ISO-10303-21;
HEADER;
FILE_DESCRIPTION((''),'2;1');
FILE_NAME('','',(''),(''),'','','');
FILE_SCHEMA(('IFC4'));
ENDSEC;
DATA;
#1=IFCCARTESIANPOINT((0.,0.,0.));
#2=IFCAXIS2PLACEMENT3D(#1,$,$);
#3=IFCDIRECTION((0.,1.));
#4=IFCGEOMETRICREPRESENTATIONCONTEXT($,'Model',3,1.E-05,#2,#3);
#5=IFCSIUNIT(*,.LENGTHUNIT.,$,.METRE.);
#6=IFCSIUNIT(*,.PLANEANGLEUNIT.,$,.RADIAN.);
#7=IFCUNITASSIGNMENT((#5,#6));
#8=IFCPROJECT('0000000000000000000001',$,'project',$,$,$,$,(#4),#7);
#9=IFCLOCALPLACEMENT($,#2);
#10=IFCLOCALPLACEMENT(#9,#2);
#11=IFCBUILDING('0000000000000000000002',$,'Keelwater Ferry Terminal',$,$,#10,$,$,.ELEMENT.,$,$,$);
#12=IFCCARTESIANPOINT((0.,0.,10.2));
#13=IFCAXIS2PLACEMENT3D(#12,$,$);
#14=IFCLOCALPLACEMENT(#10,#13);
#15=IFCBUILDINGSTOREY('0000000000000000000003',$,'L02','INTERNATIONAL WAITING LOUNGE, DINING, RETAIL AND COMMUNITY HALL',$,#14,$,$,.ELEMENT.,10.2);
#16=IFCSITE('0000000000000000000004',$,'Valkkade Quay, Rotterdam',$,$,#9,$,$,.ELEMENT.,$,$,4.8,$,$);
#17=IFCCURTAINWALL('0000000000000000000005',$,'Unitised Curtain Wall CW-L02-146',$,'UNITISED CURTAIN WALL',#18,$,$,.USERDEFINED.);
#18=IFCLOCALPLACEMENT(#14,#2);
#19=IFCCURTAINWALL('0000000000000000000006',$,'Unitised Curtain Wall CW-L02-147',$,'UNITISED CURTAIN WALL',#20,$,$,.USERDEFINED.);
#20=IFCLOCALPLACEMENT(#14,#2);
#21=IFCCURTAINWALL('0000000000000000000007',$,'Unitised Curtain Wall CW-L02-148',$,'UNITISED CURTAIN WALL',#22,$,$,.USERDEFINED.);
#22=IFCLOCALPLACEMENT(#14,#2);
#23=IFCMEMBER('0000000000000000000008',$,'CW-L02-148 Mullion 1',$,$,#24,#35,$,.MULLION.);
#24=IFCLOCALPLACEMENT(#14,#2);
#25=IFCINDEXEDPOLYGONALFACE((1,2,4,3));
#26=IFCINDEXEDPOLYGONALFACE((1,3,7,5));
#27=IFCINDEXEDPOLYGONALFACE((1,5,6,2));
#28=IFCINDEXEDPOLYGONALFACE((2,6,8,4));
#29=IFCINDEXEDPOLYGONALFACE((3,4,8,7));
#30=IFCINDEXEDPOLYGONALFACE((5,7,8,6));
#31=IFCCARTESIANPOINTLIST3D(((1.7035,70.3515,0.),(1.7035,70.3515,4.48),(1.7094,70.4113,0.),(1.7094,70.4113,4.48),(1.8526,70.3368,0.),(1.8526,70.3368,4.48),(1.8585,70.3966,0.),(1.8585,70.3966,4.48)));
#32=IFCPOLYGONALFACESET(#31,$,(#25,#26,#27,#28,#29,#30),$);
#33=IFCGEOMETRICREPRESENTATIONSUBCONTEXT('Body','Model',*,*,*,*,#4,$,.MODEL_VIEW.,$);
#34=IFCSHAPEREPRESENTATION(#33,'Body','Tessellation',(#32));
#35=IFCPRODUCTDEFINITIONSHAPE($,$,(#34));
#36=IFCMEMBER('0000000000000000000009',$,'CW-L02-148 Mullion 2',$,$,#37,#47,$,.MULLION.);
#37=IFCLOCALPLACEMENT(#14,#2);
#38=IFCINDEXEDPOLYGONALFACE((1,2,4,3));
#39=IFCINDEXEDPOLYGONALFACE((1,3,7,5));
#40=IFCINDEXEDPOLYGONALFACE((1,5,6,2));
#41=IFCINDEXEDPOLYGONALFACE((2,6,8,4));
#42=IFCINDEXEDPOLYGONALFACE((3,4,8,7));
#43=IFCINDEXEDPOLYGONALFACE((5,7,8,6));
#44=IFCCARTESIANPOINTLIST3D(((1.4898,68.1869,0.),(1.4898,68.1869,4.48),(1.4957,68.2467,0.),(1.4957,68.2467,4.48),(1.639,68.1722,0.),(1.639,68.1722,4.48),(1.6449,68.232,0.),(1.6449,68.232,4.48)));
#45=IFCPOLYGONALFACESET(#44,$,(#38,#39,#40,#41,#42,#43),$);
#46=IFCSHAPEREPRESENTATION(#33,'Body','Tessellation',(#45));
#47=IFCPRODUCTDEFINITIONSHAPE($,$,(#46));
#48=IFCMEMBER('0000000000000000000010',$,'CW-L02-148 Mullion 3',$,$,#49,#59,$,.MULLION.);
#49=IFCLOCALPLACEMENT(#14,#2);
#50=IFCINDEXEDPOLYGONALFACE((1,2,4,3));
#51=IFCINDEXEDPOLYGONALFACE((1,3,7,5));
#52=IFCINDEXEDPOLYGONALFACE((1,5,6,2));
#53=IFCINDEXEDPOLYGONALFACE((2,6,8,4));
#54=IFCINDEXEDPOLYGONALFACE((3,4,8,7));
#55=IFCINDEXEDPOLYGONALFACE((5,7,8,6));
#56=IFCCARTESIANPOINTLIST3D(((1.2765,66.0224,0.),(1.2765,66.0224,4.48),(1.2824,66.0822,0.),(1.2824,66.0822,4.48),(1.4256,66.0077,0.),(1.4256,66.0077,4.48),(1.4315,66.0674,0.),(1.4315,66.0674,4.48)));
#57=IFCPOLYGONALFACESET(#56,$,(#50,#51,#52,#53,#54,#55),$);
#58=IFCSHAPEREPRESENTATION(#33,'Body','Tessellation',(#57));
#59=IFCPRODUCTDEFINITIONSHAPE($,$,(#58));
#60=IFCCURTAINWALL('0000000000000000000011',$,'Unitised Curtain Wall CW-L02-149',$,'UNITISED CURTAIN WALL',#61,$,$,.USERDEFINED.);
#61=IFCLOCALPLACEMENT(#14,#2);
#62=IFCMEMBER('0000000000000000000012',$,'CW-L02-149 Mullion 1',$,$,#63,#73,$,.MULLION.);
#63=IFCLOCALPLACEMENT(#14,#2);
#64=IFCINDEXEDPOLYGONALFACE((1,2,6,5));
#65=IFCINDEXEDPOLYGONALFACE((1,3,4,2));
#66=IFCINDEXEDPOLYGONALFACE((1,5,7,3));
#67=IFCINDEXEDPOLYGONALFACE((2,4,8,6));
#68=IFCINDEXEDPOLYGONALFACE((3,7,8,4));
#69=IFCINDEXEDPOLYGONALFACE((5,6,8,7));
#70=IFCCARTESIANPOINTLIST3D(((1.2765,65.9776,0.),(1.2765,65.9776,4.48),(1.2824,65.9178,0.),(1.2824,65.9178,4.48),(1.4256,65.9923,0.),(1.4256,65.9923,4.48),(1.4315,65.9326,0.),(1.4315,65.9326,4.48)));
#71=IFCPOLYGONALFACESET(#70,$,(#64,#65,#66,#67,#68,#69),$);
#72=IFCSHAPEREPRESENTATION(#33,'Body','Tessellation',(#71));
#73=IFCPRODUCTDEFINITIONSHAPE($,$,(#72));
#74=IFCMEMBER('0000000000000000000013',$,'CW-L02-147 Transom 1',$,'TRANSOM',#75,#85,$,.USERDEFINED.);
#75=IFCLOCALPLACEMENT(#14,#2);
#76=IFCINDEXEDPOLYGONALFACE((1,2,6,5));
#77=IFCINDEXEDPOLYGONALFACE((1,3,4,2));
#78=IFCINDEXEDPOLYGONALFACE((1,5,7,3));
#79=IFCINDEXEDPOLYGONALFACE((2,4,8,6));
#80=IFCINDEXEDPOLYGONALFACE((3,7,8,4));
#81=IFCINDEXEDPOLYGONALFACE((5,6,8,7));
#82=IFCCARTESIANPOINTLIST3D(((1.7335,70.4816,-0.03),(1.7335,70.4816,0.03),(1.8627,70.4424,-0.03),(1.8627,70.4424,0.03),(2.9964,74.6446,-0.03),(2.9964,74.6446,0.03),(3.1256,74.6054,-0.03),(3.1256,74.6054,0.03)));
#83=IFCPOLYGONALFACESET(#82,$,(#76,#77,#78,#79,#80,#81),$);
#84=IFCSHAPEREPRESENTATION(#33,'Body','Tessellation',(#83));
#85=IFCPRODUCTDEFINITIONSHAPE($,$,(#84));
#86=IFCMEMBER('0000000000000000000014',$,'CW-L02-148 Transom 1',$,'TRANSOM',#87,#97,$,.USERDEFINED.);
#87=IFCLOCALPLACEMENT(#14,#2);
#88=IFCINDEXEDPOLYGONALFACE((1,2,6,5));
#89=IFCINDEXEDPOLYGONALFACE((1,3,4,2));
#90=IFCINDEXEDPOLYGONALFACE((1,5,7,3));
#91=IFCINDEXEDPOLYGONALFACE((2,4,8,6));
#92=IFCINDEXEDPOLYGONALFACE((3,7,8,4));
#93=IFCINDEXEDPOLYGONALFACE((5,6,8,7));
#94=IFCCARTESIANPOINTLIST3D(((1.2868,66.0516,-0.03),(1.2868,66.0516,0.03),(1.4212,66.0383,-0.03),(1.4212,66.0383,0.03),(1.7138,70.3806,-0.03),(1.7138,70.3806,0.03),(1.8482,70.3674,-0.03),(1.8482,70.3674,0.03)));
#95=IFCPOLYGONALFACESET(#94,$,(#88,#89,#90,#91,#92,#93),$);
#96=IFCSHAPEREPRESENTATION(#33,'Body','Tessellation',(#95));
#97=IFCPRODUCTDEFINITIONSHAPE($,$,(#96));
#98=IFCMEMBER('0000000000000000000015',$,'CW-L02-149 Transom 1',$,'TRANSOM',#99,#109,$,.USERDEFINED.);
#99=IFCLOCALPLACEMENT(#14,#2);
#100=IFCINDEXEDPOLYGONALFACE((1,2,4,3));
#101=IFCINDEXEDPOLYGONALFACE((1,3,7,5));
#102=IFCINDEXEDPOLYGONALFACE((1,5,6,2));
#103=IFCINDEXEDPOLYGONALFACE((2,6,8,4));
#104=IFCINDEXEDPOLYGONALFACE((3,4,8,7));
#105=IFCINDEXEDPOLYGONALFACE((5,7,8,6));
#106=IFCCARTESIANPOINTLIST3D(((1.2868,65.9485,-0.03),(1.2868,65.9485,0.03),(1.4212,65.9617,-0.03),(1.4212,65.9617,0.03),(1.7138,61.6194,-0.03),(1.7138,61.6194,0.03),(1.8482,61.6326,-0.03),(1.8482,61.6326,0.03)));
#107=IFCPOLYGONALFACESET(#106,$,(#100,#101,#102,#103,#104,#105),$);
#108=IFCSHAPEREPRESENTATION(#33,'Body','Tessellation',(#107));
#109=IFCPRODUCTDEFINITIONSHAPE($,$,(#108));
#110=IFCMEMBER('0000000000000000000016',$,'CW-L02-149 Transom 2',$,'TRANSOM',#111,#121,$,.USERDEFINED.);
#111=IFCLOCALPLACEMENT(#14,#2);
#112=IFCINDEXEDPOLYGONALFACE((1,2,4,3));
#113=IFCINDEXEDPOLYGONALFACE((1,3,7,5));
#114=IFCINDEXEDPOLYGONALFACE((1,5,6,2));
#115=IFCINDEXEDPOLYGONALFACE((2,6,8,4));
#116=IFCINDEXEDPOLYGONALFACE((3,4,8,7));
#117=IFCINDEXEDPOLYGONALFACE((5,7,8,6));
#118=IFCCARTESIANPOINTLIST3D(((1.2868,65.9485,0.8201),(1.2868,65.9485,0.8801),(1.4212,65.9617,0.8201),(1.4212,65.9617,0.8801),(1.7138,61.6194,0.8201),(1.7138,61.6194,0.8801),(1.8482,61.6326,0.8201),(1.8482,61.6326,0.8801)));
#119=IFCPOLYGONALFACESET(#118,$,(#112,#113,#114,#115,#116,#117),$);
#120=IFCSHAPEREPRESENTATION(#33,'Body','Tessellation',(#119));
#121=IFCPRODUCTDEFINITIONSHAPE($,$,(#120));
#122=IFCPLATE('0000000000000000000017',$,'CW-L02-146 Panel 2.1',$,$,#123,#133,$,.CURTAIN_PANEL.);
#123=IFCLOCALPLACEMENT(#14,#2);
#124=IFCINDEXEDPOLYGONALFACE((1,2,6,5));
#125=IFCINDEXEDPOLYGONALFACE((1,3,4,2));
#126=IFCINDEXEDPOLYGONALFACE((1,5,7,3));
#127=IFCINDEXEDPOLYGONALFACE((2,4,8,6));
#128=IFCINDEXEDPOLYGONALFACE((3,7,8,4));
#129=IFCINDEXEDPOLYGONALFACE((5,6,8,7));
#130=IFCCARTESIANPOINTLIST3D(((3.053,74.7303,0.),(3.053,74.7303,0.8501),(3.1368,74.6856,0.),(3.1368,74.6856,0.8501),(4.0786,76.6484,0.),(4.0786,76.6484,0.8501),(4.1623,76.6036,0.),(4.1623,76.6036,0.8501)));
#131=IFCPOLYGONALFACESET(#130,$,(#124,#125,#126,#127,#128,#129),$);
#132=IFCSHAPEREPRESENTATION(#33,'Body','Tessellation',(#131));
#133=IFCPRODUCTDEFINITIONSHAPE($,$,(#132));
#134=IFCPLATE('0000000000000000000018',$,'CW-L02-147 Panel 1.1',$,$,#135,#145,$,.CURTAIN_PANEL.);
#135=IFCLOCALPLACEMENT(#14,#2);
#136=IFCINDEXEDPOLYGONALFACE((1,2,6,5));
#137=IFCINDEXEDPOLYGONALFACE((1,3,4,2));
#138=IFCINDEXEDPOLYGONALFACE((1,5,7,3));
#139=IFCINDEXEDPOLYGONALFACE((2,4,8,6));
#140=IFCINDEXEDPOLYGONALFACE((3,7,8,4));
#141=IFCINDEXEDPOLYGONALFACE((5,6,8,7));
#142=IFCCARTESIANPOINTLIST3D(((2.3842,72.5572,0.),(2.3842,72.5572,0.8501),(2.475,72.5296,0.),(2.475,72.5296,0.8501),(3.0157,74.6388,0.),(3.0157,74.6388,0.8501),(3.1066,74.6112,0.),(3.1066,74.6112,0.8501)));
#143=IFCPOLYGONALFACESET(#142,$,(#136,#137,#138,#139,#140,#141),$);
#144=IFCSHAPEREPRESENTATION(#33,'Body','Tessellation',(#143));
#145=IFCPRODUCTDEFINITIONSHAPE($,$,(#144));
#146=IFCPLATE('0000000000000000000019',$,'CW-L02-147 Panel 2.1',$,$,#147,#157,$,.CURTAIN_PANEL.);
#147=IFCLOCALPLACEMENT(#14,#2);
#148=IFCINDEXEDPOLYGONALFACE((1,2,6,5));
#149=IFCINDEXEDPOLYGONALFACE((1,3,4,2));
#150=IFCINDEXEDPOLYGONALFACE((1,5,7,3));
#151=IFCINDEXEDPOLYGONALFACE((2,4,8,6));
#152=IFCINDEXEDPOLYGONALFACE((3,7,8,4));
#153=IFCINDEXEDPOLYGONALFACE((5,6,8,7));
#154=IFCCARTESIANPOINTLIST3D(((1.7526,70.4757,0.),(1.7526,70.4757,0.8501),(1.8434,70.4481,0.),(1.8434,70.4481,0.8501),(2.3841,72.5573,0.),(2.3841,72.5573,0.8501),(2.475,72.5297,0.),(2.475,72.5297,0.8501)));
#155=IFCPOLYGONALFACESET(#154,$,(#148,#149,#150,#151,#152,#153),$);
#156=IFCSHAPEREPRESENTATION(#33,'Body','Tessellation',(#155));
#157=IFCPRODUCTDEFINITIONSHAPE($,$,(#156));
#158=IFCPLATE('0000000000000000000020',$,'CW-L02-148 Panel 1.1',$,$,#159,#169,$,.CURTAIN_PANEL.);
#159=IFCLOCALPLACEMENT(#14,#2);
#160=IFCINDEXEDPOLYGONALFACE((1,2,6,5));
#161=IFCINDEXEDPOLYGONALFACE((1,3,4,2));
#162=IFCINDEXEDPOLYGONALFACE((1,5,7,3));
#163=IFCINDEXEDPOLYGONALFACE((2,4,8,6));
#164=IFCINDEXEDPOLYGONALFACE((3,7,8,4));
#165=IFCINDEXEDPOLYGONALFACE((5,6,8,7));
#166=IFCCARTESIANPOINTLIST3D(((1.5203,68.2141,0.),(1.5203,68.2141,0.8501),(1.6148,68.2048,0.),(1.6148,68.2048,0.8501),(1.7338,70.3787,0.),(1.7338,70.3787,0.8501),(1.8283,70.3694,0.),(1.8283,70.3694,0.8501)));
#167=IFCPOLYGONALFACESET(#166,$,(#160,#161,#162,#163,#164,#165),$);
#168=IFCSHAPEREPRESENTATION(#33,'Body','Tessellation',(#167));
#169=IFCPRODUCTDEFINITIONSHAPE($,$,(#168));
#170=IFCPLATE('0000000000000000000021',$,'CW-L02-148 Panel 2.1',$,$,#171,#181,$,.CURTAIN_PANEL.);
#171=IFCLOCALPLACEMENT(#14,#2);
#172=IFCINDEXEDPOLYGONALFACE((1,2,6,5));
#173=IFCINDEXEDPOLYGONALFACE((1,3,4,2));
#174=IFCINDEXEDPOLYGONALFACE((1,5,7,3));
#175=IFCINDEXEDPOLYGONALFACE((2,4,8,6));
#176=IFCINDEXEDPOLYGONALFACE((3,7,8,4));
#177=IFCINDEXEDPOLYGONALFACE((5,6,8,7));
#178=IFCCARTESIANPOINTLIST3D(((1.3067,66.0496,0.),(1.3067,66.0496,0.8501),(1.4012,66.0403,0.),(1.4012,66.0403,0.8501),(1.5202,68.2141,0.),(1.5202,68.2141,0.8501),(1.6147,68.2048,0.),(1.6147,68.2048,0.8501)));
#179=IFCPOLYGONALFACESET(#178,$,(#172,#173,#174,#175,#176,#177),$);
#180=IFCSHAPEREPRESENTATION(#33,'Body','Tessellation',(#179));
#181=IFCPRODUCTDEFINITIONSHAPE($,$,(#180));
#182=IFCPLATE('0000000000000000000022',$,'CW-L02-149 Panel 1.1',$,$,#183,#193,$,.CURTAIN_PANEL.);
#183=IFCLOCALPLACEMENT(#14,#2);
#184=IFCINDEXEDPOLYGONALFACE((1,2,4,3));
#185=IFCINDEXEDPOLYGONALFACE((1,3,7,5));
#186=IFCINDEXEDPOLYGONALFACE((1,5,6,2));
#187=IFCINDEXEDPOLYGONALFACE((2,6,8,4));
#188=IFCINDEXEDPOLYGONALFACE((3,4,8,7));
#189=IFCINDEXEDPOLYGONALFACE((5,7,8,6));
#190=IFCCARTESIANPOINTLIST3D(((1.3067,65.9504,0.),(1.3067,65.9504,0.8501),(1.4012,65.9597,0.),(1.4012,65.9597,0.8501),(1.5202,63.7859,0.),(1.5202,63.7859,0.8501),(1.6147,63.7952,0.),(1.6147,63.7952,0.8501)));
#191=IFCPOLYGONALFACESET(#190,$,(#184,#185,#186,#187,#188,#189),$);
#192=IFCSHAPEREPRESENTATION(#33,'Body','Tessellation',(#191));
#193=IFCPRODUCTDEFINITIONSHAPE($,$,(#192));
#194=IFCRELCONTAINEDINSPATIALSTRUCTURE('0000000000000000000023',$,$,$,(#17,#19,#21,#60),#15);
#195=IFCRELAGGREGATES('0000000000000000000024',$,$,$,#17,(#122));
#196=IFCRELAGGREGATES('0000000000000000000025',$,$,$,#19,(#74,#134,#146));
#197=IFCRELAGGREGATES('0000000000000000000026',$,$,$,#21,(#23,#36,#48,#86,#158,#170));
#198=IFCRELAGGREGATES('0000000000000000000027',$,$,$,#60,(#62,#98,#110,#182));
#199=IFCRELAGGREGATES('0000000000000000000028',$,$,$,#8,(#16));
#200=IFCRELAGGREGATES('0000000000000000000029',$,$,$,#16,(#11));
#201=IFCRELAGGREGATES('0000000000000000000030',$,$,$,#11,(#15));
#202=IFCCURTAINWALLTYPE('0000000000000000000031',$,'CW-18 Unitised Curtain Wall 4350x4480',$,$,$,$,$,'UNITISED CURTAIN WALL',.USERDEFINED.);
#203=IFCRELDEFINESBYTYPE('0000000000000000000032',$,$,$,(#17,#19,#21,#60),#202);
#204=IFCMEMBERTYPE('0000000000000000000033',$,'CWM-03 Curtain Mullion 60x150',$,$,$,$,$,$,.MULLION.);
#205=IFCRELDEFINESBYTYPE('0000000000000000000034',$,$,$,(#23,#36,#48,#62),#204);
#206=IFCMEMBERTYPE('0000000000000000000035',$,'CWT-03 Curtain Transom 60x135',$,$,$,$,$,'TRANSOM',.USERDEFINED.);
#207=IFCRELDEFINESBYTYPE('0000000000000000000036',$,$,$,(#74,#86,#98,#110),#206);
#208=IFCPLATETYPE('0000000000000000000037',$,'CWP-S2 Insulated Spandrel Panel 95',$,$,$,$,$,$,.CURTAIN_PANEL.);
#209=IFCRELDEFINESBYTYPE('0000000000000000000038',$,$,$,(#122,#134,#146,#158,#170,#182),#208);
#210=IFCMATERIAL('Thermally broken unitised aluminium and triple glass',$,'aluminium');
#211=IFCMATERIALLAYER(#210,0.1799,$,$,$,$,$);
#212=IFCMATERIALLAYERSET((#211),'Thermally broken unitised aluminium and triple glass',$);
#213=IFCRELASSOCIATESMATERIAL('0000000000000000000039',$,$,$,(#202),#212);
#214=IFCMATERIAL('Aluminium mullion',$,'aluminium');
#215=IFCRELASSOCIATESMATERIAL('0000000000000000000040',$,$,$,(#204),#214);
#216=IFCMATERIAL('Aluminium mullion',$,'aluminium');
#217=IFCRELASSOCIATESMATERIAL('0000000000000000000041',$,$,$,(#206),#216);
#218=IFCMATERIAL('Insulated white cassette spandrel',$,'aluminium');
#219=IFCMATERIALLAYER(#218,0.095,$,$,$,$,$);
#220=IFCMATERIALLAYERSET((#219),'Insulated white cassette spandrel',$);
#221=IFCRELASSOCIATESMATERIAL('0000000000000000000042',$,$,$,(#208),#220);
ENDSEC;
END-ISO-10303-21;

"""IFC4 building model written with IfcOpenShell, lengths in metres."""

from ifc_helpers import new_model, si_unit, direction, frame, origin, origin_2d, place, context, subcontext, project, spatial, rectangle, extrude, material, layer, layer_set, material_profile, profile_set, type_object, element, aggregate, save


model = new_model("IFC4")

# Units and contexts
model_context = context("Model", 3, precision=1e-05, world=origin(), true_north=direction((0.0, 1.0)))
body_context = subcontext(model_context, "Body", "Model", "MODEL_VIEW")
ifc_project = project(units=[si_unit("LENGTHUNIT", "METRE"), si_unit("PLANEANGLEUNIT", "RADIAN")], contexts=[model_context])

# Site, building, storey
site_placement = place(None, origin())
site = spatial("IfcSite", under=ifc_project, at=site_placement, Name="Valkkade Quay, Rotterdam", CompositionType="ELEMENT", RefElevation=4.8)
building_placement = place(site_placement, origin())
building = spatial("IfcBuilding", under=site, at=building_placement, Name="Keelwater Ferry Terminal", CompositionType="ELEMENT")
storey_placement = place(building_placement, frame((0.0, 0.0, 10.2)))
storey = spatial("IfcBuildingStorey", under=building, at=storey_placement, Name="L02", Description="INTERNATIONAL WAITING LOUNGE, DINING, RETAIL AND COMMUNITY HALL", CompositionType="ELEMENT", Elevation=10.2)

# Curtain wall
ifc_material_1 = material(Name="Thermally broken unitised aluminium and triple glass", Category="aluminium")
ifc_layer_1 = layer(ifc_material_1, 0.1799)
ifc_layer_set_1 = layer_set([ifc_layer_1], Name="Thermally broken unitised aluminium and triple glass")
curtain_wall_type = type_object("IfcCurtainWallType", Name="CW-18 Unitised Curtain Wall 4350x4480", ElementType="UNITISED CURTAIN WALL", PredefinedType="USERDEFINED", material=ifc_layer_set_1)
curtain_wall_1_placement = place(storey_placement, origin())
curtain_wall_1 = element("IfcCurtainWall", 1, at=curtain_wall_1_placement, inside=storey, type_object=curtain_wall_type, Name="Unitised Curtain Wall CW-L02-146", ObjectType="UNITISED CURTAIN WALL", PredefinedType="USERDEFINED")
ifc_material_2 = material(Name="Aluminium mullion", Category="aluminium")
ifc_material_profile_1 = material_profile(ifc_material_2, rectangle(XDim=0.0601, YDim=0.1499, at=origin_2d()), Name="CWM-03")
ifc_profile_set_1 = profile_set([ifc_material_profile_1], Name="Aluminium mullion")
member_type_1 = type_object("IfcMemberType", Name="CWM-03 Curtain Mullion 60x150", PredefinedType="MULLION", material=ifc_profile_set_1)

# Curtain walls, members
curtain_wall_2_placement = place(storey_placement, origin())
curtain_wall_2 = element("IfcCurtainWall", 2, at=curtain_wall_2_placement, inside=storey, type_object=curtain_wall_type, Name="Unitised Curtain Wall CW-L02-147", ObjectType="UNITISED CURTAIN WALL", PredefinedType="USERDEFINED")
curtain_wall_3_placement = place(storey_placement, origin())
curtain_wall_3 = element("IfcCurtainWall", 3, at=curtain_wall_3_placement, inside=storey, type_object=curtain_wall_type, Name="Unitised Curtain Wall CW-L02-148", ObjectType="UNITISED CURTAIN WALL", PredefinedType="USERDEFINED")
member_1_placement = place(storey_placement, frame((1.781, 70.374, 0.0), z_axis=(0.0, 0.0, 1.0), x_axis=(-0.098161, -0.995171, 0.0)))
member_1 = element("IfcMember", 4, at=member_1_placement, type_object=member_type_1, Name="CW-L02-148 Mullion 1", PredefinedType="MULLION", context=body_context, shape_type="SweptSolid", body=[
    extrude(rectangle(XDim=0.0601, YDim=0.1499, at=origin_2d()), origin(), (0.0, 0.0, 1.0), 4.48),
])
member_2_placement = place(storey_placement, frame((1.5674, 68.2095, 0.0), z_axis=(0.0, 0.0, 1.0), x_axis=(-0.098161, -0.995171, 0.0)))
member_2 = element("IfcMember", 5, at=member_2_placement, type_object=member_type_1, Name="CW-L02-148 Mullion 2", PredefinedType="MULLION", context=body_context, shape_type="SweptSolid", body=[
    extrude(rectangle(XDim=0.0601, YDim=0.1499, at=origin_2d()), origin(), (0.0, 0.0, 1.0), 4.48),
])
member_3_placement = place(storey_placement, frame((1.354, 66.0449, 0.0), z_axis=(0.0, 0.0, 1.0), x_axis=(-0.098161, -0.995171, 0.0)))
member_3 = element("IfcMember", 6, at=member_3_placement, type_object=member_type_1, Name="CW-L02-148 Mullion 3", PredefinedType="MULLION", context=body_context, shape_type="SweptSolid", body=[
    extrude(rectangle(XDim=0.0601, YDim=0.1499, at=origin_2d()), origin(), (0.0, 0.0, 1.0), 4.48),
])

# Curtain wall, member
curtain_wall_4_placement = place(storey_placement, origin())
curtain_wall_4 = element("IfcCurtainWall", 7, at=curtain_wall_4_placement, inside=storey, type_object=curtain_wall_type, Name="Unitised Curtain Wall CW-L02-149", ObjectType="UNITISED CURTAIN WALL", PredefinedType="USERDEFINED")
member_4_placement = place(storey_placement, frame((1.354, 65.9551, 0.0), z_axis=(0.0, 0.0, 1.0), x_axis=(0.098161, -0.995171, 0.0)))
member_4 = element("IfcMember", 8, at=member_4_placement, type_object=member_type_1, Name="CW-L02-149 Mullion 1", PredefinedType="MULLION", context=body_context, shape_type="SweptSolid", body=[
    extrude(rectangle(XDim=0.0601, YDim=0.1499, at=origin_2d()), origin(), (0.0, 0.0, 1.0), 4.48),
])

# Members
ifc_material_3 = material(Name="Aluminium mullion", Category="aluminium")
ifc_material_profile_2 = material_profile(ifc_material_3, rectangle(XDim=0.135, YDim=0.0601, at=origin_2d()), Name="CWT-03")
ifc_profile_set_2 = profile_set([ifc_material_profile_2], Name="Aluminium mullion")
member_type_2 = type_object("IfcMemberType", Name="CWT-03 Curtain Transom 60x135", ElementType="TRANSOM", PredefinedType="USERDEFINED", material=ifc_profile_set_2)
member_5_placement = place(storey_placement, frame((3.061, 74.625, 0.0), z_axis=(-0.290302, -0.956935, 0.0), x_axis=(0.956935, -0.290302, 0.0)))
member_5 = element("IfcMember", 9, at=member_5_placement, type_object=member_type_2, Name="CW-L02-147 Transom 1", ObjectType="TRANSOM", PredefinedType="USERDEFINED", context=body_context, shape_type="SweptSolid", body=[
    extrude(rectangle(XDim=0.135, YDim=0.0601, at=origin_2d()), origin(), (0.0, 0.0, 1.0), 4.3503),
])
member_6_placement = place(storey_placement, frame((1.781, 70.374, 0.0), z_axis=(-0.098159, -0.995171, 0.0), x_axis=(0.995171, -0.098159, 0.0)))
member_6 = element("IfcMember", 10, at=member_6_placement, type_object=member_type_2, Name="CW-L02-148 Transom 1", ObjectType="TRANSOM", PredefinedType="USERDEFINED", context=body_context, shape_type="SweptSolid", body=[
    extrude(rectangle(XDim=0.135, YDim=0.0601, at=origin_2d()), origin(), (0.0, 0.0, 1.0), 4.3501),
])
member_7_placement = place(storey_placement, frame((1.354, 65.9551, 0.0), z_axis=(0.098159, -0.995171, 0.0), x_axis=(0.995171, 0.098159, 0.0)))
member_7 = element("IfcMember", 11, at=member_7_placement, type_object=member_type_2, Name="CW-L02-149 Transom 1", ObjectType="TRANSOM", PredefinedType="USERDEFINED", context=body_context, shape_type="SweptSolid", body=[
    extrude(rectangle(XDim=0.135, YDim=0.0601, at=origin_2d()), origin(), (0.0, 0.0, 1.0), 4.3501),
])
member_8_placement = place(storey_placement, frame((1.354, 65.9551, 0.8501), z_axis=(0.098159, -0.995171, 0.0), x_axis=(0.995171, 0.098159, 0.0)))
member_8 = element("IfcMember", 12, at=member_8_placement, type_object=member_type_2, Name="CW-L02-149 Transom 2", ObjectType="TRANSOM", PredefinedType="USERDEFINED", context=body_context, shape_type="SweptSolid", body=[
    extrude(rectangle(XDim=0.135, YDim=0.0601, at=origin_2d()), origin(), (0.0, 0.0, 1.0), 4.3501),
])

# Plates
ifc_material_4 = material(Name="Insulated white cassette spandrel", Category="aluminium")
ifc_layer_2 = layer(ifc_material_4, 0.095)
ifc_layer_set_2 = layer_set([ifc_layer_2], Name="Insulated white cassette spandrel")
plate_type_1 = type_object("IfcPlateType", Name="CWP-S2 Insulated Spandrel Panel 95", PredefinedType="CURTAIN_PANEL", material=ifc_layer_set_2)
plate_1_placement = place(storey_placement, frame((3.6077, 75.667, 0.0), z_axis=(0.0, 0.0, 1.0), x_axis=(-0.471507, -0.881862, 0.0)))
plate_1 = element("IfcPlate", 13, at=plate_1_placement, type_object=plate_type_1, Name="CW-L02-146 Panel 2.1", PredefinedType="CURTAIN_PANEL", context=body_context, shape_type="SweptSolid", body=[
    extrude(rectangle(XDim=2.175, YDim=0.095, at=origin_2d()), origin(), (0.0, 0.0, 1.0), 0.8501),
])
aggregate(curtain_wall_1, [plate_1])
plate_2_placement = place(storey_placement, frame((2.7454, 73.5842, 0.0), z_axis=(0.0, 0.0, 1.0), x_axis=(-0.29032, -0.95693, 0.0)))
plate_2 = element("IfcPlate", 14, at=plate_2_placement, type_object=plate_type_1, Name="CW-L02-147 Panel 1.1", PredefinedType="CURTAIN_PANEL", context=body_context, shape_type="SweptSolid", body=[
    extrude(rectangle(XDim=2.1753, YDim=0.095, at=origin_2d()), origin(), (0.0, 0.0, 1.0), 0.8501),
])
plate_3_placement = place(storey_placement, frame((2.1138, 71.5027, 0.0), z_axis=(0.0, 0.0, 1.0), x_axis=(-0.29032, -0.95693, 0.0)))
plate_3 = element("IfcPlate", 15, at=plate_3_placement, type_object=plate_type_1, Name="CW-L02-147 Panel 2.1", PredefinedType="CURTAIN_PANEL", context=body_context, shape_type="SweptSolid", body=[
    extrude(rectangle(XDim=2.1753, YDim=0.095, at=origin_2d()), origin(), (0.0, 0.0, 1.0), 0.8501),
])
aggregate(curtain_wall_2, [member_5, plate_2, plate_3])
plate_4_placement = place(storey_placement, frame((1.6743, 69.2917, 0.0), z_axis=(0.0, 0.0, 1.0), x_axis=(-0.098161, -0.995171, 0.0)))
plate_4 = element("IfcPlate", 16, at=plate_4_placement, type_object=plate_type_1, Name="CW-L02-148 Panel 1.1", PredefinedType="CURTAIN_PANEL", context=body_context, shape_type="SweptSolid", body=[
    extrude(rectangle(XDim=2.175, YDim=0.095, at=origin_2d()), origin(), (0.0, 0.0, 1.0), 0.8501),
])
plate_5_placement = place(storey_placement, frame((1.4607, 67.1272, 0.0), z_axis=(0.0, 0.0, 1.0), x_axis=(-0.098161, -0.995171, 0.0)))
plate_5 = element("IfcPlate", 17, at=plate_5_placement, type_object=plate_type_1, Name="CW-L02-148 Panel 2.1", PredefinedType="CURTAIN_PANEL", context=body_context, shape_type="SweptSolid", body=[
    extrude(rectangle(XDim=2.175, YDim=0.095, at=origin_2d()), origin(), (0.0, 0.0, 1.0), 0.8501),
])
plate_6_placement = place(storey_placement, frame((1.4607, 64.8728, 0.0), z_axis=(0.0, 0.0, 1.0), x_axis=(0.098161, -0.995171, 0.0)))
plate_6 = element("IfcPlate", 18, at=plate_6_placement, type_object=plate_type_1, Name="CW-L02-149 Panel 1.1", PredefinedType="CURTAIN_PANEL", context=body_context, shape_type="SweptSolid", body=[
    extrude(rectangle(XDim=2.175, YDim=0.095, at=origin_2d()), origin(), (0.0, 0.0, 1.0), 0.8501),
])
aggregate(curtain_wall_3, [member_1, member_2, member_3, member_6, plate_4, plate_5])
aggregate(curtain_wall_4, [member_4, member_7, member_8, plate_6])

save(model, "model.ifc")
